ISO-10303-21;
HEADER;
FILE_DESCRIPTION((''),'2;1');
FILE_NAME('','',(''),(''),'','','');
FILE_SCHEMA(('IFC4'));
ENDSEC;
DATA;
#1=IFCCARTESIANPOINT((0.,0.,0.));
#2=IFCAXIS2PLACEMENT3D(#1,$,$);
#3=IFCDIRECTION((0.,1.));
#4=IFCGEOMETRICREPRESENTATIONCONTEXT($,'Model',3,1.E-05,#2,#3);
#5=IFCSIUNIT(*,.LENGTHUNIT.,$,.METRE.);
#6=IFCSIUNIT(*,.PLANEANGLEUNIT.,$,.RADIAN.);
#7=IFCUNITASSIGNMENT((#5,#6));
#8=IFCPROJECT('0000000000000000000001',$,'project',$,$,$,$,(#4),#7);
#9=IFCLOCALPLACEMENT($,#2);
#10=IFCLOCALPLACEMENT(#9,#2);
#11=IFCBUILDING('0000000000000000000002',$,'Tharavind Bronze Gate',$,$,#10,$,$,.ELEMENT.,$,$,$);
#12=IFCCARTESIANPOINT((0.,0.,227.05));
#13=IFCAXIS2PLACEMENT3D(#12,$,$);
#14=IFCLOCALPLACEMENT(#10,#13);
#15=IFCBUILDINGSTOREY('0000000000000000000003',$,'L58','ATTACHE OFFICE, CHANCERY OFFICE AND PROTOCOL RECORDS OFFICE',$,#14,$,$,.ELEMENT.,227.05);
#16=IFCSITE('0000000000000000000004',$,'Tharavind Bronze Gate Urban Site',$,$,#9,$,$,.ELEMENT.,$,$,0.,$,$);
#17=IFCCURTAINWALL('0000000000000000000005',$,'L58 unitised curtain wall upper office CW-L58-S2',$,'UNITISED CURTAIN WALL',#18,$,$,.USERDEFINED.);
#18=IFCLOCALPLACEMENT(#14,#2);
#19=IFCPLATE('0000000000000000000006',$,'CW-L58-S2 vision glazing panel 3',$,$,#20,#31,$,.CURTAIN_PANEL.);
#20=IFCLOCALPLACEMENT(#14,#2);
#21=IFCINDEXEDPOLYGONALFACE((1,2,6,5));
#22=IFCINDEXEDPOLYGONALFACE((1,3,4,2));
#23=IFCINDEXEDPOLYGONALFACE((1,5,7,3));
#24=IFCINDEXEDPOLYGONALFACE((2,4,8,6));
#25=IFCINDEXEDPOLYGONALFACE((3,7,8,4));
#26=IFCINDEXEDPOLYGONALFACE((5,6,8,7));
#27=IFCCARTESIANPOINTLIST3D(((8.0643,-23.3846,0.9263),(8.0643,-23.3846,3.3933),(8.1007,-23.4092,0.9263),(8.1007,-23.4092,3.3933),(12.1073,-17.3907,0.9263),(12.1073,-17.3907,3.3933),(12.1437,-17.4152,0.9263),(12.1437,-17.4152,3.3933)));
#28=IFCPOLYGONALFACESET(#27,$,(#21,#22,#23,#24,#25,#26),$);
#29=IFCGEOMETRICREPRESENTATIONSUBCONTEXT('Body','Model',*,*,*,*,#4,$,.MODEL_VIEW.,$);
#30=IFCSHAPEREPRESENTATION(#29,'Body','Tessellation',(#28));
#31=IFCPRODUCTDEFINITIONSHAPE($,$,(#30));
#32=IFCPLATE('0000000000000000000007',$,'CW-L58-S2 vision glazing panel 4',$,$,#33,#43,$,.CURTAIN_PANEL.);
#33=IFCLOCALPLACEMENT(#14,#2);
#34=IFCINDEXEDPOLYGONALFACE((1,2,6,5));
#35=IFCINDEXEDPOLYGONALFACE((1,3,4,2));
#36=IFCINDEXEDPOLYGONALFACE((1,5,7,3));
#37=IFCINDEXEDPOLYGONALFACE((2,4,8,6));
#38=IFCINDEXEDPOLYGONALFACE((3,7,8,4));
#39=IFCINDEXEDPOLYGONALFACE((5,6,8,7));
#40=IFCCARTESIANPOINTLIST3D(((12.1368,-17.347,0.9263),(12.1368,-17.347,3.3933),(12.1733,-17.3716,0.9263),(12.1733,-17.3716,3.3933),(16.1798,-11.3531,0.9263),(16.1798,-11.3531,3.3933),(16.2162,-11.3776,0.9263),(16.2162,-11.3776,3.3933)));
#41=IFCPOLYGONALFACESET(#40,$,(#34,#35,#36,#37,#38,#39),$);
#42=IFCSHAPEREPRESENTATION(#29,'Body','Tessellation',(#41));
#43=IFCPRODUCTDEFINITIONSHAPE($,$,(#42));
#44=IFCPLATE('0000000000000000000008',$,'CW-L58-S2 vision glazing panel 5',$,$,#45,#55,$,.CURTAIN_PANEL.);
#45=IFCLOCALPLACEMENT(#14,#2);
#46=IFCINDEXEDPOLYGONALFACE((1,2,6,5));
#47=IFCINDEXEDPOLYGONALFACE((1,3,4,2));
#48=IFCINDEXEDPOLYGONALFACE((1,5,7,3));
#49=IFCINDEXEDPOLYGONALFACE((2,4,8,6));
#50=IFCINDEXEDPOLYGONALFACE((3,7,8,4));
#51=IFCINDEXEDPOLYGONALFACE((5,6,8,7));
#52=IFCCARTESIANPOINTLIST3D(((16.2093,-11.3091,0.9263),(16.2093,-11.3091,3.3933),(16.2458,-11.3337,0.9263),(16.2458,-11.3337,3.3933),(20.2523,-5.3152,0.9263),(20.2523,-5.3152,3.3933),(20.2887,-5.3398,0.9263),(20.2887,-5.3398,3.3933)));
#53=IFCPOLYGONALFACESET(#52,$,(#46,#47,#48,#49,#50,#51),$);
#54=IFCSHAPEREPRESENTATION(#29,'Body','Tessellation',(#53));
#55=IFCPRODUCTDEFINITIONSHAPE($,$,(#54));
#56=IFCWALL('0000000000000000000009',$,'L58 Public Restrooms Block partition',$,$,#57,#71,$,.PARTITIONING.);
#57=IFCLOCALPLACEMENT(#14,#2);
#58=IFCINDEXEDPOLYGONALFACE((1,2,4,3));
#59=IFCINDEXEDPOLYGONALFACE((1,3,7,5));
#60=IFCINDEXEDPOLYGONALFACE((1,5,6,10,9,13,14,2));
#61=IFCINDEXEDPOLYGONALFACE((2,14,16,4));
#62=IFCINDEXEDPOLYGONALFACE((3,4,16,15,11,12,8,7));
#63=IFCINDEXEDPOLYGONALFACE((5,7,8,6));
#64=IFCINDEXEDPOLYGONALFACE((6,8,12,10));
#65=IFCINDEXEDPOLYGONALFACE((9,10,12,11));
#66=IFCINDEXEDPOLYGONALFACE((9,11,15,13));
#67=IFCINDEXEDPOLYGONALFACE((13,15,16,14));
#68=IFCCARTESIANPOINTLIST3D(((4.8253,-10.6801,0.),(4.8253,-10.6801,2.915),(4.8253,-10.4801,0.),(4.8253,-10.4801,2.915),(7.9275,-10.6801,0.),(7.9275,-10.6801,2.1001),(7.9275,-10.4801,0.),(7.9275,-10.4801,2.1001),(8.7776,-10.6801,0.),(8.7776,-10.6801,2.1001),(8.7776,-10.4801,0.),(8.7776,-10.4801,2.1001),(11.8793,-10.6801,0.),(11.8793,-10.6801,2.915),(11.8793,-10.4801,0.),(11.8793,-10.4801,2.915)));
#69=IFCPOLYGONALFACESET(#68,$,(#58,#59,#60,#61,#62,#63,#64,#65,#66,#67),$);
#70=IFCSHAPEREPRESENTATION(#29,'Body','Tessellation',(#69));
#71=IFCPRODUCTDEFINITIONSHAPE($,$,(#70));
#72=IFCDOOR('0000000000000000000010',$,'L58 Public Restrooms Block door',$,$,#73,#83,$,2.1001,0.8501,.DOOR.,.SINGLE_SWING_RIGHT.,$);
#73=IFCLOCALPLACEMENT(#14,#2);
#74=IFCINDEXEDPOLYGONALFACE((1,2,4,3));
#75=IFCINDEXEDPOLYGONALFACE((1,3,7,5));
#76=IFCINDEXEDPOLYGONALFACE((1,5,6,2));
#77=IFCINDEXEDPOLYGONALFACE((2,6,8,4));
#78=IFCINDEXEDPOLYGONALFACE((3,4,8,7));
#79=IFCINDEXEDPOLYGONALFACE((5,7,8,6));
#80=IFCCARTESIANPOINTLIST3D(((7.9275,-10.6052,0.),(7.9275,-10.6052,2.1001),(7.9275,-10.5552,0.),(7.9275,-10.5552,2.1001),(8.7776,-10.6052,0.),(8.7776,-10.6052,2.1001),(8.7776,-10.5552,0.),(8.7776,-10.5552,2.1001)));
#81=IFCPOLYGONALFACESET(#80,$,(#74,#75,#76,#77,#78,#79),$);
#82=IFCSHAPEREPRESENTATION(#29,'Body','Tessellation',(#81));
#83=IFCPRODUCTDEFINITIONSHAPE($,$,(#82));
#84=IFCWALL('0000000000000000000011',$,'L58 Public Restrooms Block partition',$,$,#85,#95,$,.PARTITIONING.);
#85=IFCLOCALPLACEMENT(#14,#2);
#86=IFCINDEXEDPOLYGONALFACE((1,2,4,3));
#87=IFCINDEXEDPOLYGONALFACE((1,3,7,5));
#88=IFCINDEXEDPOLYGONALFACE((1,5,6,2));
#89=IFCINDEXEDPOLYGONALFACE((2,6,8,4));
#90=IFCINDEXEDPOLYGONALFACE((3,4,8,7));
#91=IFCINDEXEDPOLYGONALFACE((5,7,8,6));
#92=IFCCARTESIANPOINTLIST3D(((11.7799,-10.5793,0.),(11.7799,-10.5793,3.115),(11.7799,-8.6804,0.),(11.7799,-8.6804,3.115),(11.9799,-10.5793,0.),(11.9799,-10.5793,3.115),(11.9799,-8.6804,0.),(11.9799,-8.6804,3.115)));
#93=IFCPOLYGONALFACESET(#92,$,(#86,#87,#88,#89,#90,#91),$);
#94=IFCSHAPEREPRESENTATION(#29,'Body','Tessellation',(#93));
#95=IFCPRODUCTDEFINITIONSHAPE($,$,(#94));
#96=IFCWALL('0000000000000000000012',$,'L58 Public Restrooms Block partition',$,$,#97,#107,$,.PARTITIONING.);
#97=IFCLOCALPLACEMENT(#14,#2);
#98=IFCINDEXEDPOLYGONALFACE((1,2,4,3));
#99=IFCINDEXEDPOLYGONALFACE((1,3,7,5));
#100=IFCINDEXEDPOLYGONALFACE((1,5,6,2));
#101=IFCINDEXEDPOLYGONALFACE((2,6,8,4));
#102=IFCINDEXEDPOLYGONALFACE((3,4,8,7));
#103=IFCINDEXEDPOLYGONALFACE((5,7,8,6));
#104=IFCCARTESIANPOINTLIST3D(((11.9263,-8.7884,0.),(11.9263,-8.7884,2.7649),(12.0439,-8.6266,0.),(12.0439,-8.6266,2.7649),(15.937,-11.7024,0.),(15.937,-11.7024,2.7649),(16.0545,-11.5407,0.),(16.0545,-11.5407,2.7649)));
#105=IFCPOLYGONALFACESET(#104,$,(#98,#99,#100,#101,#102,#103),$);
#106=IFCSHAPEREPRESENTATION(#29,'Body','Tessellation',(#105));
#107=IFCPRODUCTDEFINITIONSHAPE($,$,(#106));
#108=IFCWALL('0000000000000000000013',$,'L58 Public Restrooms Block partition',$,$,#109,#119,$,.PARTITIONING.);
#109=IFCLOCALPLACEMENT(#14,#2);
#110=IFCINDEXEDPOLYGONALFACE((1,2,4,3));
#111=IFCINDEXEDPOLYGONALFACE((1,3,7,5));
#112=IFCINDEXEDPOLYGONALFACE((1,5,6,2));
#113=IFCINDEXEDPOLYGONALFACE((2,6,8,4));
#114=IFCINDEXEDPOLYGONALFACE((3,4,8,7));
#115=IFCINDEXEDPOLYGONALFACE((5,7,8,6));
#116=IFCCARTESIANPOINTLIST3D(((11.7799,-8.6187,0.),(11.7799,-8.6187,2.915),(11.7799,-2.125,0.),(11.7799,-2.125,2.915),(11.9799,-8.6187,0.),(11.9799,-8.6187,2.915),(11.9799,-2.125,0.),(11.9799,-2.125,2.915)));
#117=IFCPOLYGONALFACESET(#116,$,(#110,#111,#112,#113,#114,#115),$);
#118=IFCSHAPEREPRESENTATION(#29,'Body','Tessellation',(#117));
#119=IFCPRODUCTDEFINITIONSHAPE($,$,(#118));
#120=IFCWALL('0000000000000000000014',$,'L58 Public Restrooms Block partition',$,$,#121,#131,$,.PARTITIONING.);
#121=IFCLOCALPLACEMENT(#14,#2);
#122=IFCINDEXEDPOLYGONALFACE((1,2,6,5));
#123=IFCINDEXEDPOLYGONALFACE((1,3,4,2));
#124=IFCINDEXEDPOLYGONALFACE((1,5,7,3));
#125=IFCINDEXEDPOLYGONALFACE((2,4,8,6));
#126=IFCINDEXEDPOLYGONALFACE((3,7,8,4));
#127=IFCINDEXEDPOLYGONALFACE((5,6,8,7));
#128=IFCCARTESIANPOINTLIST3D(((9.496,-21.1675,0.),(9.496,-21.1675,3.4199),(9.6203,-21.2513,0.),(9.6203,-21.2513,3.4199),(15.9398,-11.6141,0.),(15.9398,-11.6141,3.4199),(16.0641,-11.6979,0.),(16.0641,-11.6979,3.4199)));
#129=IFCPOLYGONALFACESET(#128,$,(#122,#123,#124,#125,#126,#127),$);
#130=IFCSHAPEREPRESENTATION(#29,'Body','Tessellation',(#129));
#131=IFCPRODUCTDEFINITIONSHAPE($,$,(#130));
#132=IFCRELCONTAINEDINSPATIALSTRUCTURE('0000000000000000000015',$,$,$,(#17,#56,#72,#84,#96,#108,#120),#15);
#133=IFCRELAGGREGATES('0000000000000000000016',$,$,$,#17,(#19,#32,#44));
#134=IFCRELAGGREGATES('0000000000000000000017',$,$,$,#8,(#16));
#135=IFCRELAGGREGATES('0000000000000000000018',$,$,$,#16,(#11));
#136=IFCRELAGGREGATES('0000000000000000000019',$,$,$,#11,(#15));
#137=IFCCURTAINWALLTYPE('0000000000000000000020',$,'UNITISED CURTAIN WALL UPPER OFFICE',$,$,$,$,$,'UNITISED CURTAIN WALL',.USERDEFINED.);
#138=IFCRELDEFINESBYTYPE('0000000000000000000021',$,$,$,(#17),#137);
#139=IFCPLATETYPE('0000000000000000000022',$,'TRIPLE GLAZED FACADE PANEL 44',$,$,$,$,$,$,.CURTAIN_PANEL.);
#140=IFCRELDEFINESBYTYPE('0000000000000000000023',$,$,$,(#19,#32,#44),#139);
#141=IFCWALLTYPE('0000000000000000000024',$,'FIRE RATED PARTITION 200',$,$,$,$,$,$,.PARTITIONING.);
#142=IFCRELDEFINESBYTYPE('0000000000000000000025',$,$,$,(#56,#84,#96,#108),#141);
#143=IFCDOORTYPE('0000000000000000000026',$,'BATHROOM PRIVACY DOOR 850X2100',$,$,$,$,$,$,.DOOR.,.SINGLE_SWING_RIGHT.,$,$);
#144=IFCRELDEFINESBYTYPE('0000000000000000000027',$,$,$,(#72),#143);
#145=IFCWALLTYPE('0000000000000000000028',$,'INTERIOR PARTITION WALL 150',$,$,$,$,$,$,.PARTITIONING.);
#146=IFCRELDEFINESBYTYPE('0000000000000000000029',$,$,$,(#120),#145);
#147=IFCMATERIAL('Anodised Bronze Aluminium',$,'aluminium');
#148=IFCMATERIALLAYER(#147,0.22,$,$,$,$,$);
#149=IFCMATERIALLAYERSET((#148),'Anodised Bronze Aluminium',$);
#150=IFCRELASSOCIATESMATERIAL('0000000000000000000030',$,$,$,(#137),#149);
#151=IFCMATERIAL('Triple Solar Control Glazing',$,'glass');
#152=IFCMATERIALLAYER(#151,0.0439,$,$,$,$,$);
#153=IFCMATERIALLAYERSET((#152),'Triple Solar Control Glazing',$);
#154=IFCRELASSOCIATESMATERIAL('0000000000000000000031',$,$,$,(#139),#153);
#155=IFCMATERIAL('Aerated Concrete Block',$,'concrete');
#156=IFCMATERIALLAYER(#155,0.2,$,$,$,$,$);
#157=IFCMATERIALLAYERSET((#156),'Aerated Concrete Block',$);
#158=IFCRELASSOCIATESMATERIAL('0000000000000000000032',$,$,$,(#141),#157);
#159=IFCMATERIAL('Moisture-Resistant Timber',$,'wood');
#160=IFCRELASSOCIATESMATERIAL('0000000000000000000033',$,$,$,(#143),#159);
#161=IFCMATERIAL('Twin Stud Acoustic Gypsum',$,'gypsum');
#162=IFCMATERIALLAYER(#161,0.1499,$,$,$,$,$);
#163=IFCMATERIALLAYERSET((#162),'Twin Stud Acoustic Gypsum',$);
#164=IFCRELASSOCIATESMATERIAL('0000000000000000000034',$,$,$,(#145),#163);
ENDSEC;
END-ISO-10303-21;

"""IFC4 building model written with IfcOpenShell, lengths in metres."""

from ifc_helpers import new_model, si_unit, direction, frame, frame_2d, origin, origin_2d, place, context, subcontext, project, spatial, rectangle, extrude, material, layer, layer_set, type_object, element, fill, aggregate, save


model = new_model("IFC4")

# Units and contexts
model_context = context("Model", 3, precision=1e-05, world=origin(), true_north=direction((0.0, 1.0)))
body_context = subcontext(model_context, "Body", "Model", "MODEL_VIEW")
ifc_project = project(units=[si_unit("LENGTHUNIT", "METRE"), si_unit("PLANEANGLEUNIT", "RADIAN")], contexts=[model_context])

# Site, building, storey
site_placement = place(None, origin())
site = spatial("IfcSite", under=ifc_project, at=site_placement, Name="Tharavind Bronze Gate Urban Site", CompositionType="ELEMENT", RefElevation=0.0)
building_placement = place(site_placement, origin())
building = spatial("IfcBuilding", under=site, at=building_placement, Name="Tharavind Bronze Gate", CompositionType="ELEMENT")
storey_placement = place(building_placement, frame((0.0, 0.0, 227.05)))
storey = spatial("IfcBuildingStorey", under=building, at=storey_placement, Name="L58", Description="ATTACHE OFFICE, CHANCERY OFFICE AND PROTOCOL RECORDS OFFICE", CompositionType="ELEMENT", Elevation=227.05)

# Curtain wall
ifc_material_1 = material(Name="Anodised Bronze Aluminium", Category="aluminium")
ifc_layer_1 = layer(ifc_material_1, 0.22)
ifc_layer_set_1 = layer_set([ifc_layer_1], Name="Anodised Bronze Aluminium")
curtain_wall_type = type_object("IfcCurtainWallType", Name="UNITISED CURTAIN WALL UPPER OFFICE", ElementType="UNITISED CURTAIN WALL", PredefinedType="USERDEFINED", material=ifc_layer_set_1)
curtain_wall_placement = place(storey_placement, origin())
curtain_wall = element("IfcCurtainWall", 1, at=curtain_wall_placement, inside=storey, type_object=curtain_wall_type, Name="L58 unitised curtain wall upper office CW-L58-S2", ObjectType="UNITISED CURTAIN WALL", PredefinedType="USERDEFINED")

# Plates
ifc_material_2 = material(Name="Triple Solar Control Glazing", Category="glass")
ifc_layer_2 = layer(ifc_material_2, 0.0439)
ifc_layer_set_2 = layer_set([ifc_layer_2], Name="Triple Solar Control Glazing")
plate_type_1 = type_object("IfcPlateType", Name="TRIPLE GLAZED FACADE PANEL 44", PredefinedType="CURTAIN_PANEL", material=ifc_layer_set_2)
plate_1_placement = place(storey_placement, frame((10.104, -20.3999, 0.9263), z_axis=(0.0, 0.0, 1.0), x_axis=(0.559193, 0.829038, 0.0)))
plate_1 = element("IfcPlate", 2, at=plate_1_placement, type_object=plate_type_1, Name="CW-L58-S2 vision glazing panel 3", PredefinedType="CURTAIN_PANEL", context=body_context, shape_type="SweptSolid", body=[
    extrude(rectangle(XDim=7.23, YDim=0.0439, at=origin_2d()), origin(), (0.0, 0.0, 1.0), 2.467),
])
plate_2_placement = place(storey_placement, frame((14.1765, -14.3623, 0.9263), z_axis=(0.0, 0.0, 1.0), x_axis=(0.559193, 0.829038, 0.0)))
plate_2 = element("IfcPlate", 3, at=plate_2_placement, type_object=plate_type_1, Name="CW-L58-S2 vision glazing panel 4", PredefinedType="CURTAIN_PANEL", context=body_context, shape_type="SweptSolid", body=[
    extrude(rectangle(XDim=7.23, YDim=0.0439, at=origin_2d()), origin(), (0.0, 0.0, 1.0), 2.467),
])
plate_3_placement = place(storey_placement, frame((18.249, -8.3245, 0.9263), z_axis=(0.0, 0.0, 1.0), x_axis=(0.559193, 0.829038, 0.0)))
plate_3 = element("IfcPlate", 4, at=plate_3_placement, type_object=plate_type_1, Name="CW-L58-S2 vision glazing panel 5", PredefinedType="CURTAIN_PANEL", context=body_context, shape_type="SweptSolid", body=[
    extrude(rectangle(XDim=7.23, YDim=0.0439, at=origin_2d()), origin(), (0.0, 0.0, 1.0), 2.467),
])
aggregate(curtain_wall, [plate_1, plate_2, plate_3])

# Wall, opening, door
ifc_material_3 = material(Name="Aerated Concrete Block", Category="concrete")
ifc_layer_3 = layer(ifc_material_3, 0.2)
ifc_layer_set_3 = layer_set([ifc_layer_3], Name="Aerated Concrete Block")
wall_type_1 = type_object("IfcWallType", Name="FIRE RATED PARTITION 200", PredefinedType="PARTITIONING", material=ifc_layer_set_3)
wall_1_placement = place(storey_placement, frame((4.8254, -10.5801, 0.0), z_axis=(0.0, 0.0, 1.0), x_axis=(1.0, 0.0, 0.0)))
wall_1 = element("IfcWall", 5, at=wall_1_placement, inside=storey, type_object=wall_type_1, Name="L58 Public Restrooms Block partition", PredefinedType="PARTITIONING", context=body_context, shape_type="SweptSolid", body=[
    extrude(rectangle(XDim=7.054, YDim=0.2, at=frame_2d((3.5269, 0.0))), origin(), (0.0, 0.0, 1.0), 2.915),
])
opening_placement = place(wall_1_placement, frame((3.1021, 0.0, 0.0)))
opening = element("IfcOpeningElement", 6, at=opening_placement, cuts=wall_1, PredefinedType="OPENING", context=body_context, shape_type="SweptSolid", body=[
    extrude(rectangle(XDim=0.8501, YDim=2.1001, at=frame_2d((0.425, 1.05))), frame((0.0, 0.1101, 0.0), z_axis=(0.0, -1.0, 0.0), x_axis=(1.0, 0.0, 0.0)), (0.0, 0.0, 1.0), 0.22),
])
ifc_material_4 = material(Name="Moisture-Resistant Timber", Category="wood")
door_type = type_object("IfcDoorType", Name="BATHROOM PRIVACY DOOR 850X2100", OperationType="SINGLE_SWING_RIGHT", PredefinedType="DOOR", material=ifc_material_4)
door_placement = place(opening_placement, origin())
door = element("IfcDoor", 7, at=door_placement, inside=storey, type_object=door_type, Name="L58 Public Restrooms Block door", OperationType="SINGLE_SWING_RIGHT", OverallHeight=2.1001, OverallWidth=0.8501, PredefinedType="DOOR", context=body_context, shape_type="SweptSolid", body=[
    extrude(rectangle(XDim=0.8501, YDim=2.1001, at=frame_2d((0.425, 1.05))), frame((0.0, 0.0249, 0.0), z_axis=(0.0, -1.0, 0.0), x_axis=(1.0, 0.0, 0.0)), (0.0, 0.0, 1.0), 0.05),
])
fill(opening, door)

# Walls
wall_2_placement = place(storey_placement, frame((11.8799, -10.5793, 0.0), z_axis=(0.0, 0.0, 1.0), x_axis=(0.0, 1.0, 0.0)))
element("IfcWall", 8, at=wall_2_placement, inside=storey, type_object=wall_type_1, Name="L58 Public Restrooms Block partition", PredefinedType="PARTITIONING", context=body_context, shape_type="SweptSolid", body=[
    extrude(rectangle(XDim=1.8989, YDim=0.2, at=frame_2d((0.9495, 0.0))), origin(), (0.0, 0.0, 1.0), 3.115),
])
wall_3_placement = place(storey_placement, frame((11.9851, -8.7075, 0.0), z_axis=(0.0, 0.0, 1.0), x_axis=(0.809009, -0.587797, 0.0)))
element("IfcWall", 9, at=wall_3_placement, inside=storey, type_object=wall_type_1, Name="L58 Public Restrooms Block partition", PredefinedType="PARTITIONING", context=body_context, shape_type="SweptSolid", body=[
    extrude(rectangle(XDim=4.9575, YDim=0.2, at=frame_2d((2.4788, 0.0))), origin(), (0.0, 0.0, 1.0), 2.7649),
])
wall_4_placement = place(storey_placement, frame((11.8799, -8.6187, 0.0), z_axis=(0.0, 0.0, 1.0), x_axis=(0.0, 1.0, 0.0)))
element("IfcWall", 10, at=wall_4_placement, inside=storey, type_object=wall_type_1, Name="L58 Public Restrooms Block partition", PredefinedType="PARTITIONING", context=body_context, shape_type="SweptSolid", body=[
    extrude(rectangle(XDim=6.4937, YDim=0.2, at=frame_2d((3.2468, 0.0))), origin(), (0.0, 0.0, 1.0), 2.915),
])
ifc_material_5 = material(Name="Twin Stud Acoustic Gypsum", Category="gypsum")
ifc_layer_4 = layer(ifc_material_5, 0.1499)
ifc_layer_set_4 = layer_set([ifc_layer_4], Name="Twin Stud Acoustic Gypsum")
wall_type_2 = type_object("IfcWallType", Name="INTERIOR PARTITION WALL 150", PredefinedType="PARTITIONING", material=ifc_layer_set_4)
wall_5_placement = place(storey_placement, frame((16.002, -11.656, 0.0), z_axis=(0.0, 0.0, 1.0), x_axis=(-0.55919, -0.829039, 0.0)))
element("IfcWall", 11, at=wall_5_placement, inside=storey, type_object=wall_type_2, Name="L58 Public Restrooms Block partition", PredefinedType="PARTITIONING", context=body_context, shape_type="SweptSolid", body=[
    extrude(rectangle(XDim=11.5234, YDim=0.1499, at=frame_2d((5.7617, 0.0))), origin(), (0.0, 0.0, 1.0), 3.4199),
])

save(model, "model.ifc")
